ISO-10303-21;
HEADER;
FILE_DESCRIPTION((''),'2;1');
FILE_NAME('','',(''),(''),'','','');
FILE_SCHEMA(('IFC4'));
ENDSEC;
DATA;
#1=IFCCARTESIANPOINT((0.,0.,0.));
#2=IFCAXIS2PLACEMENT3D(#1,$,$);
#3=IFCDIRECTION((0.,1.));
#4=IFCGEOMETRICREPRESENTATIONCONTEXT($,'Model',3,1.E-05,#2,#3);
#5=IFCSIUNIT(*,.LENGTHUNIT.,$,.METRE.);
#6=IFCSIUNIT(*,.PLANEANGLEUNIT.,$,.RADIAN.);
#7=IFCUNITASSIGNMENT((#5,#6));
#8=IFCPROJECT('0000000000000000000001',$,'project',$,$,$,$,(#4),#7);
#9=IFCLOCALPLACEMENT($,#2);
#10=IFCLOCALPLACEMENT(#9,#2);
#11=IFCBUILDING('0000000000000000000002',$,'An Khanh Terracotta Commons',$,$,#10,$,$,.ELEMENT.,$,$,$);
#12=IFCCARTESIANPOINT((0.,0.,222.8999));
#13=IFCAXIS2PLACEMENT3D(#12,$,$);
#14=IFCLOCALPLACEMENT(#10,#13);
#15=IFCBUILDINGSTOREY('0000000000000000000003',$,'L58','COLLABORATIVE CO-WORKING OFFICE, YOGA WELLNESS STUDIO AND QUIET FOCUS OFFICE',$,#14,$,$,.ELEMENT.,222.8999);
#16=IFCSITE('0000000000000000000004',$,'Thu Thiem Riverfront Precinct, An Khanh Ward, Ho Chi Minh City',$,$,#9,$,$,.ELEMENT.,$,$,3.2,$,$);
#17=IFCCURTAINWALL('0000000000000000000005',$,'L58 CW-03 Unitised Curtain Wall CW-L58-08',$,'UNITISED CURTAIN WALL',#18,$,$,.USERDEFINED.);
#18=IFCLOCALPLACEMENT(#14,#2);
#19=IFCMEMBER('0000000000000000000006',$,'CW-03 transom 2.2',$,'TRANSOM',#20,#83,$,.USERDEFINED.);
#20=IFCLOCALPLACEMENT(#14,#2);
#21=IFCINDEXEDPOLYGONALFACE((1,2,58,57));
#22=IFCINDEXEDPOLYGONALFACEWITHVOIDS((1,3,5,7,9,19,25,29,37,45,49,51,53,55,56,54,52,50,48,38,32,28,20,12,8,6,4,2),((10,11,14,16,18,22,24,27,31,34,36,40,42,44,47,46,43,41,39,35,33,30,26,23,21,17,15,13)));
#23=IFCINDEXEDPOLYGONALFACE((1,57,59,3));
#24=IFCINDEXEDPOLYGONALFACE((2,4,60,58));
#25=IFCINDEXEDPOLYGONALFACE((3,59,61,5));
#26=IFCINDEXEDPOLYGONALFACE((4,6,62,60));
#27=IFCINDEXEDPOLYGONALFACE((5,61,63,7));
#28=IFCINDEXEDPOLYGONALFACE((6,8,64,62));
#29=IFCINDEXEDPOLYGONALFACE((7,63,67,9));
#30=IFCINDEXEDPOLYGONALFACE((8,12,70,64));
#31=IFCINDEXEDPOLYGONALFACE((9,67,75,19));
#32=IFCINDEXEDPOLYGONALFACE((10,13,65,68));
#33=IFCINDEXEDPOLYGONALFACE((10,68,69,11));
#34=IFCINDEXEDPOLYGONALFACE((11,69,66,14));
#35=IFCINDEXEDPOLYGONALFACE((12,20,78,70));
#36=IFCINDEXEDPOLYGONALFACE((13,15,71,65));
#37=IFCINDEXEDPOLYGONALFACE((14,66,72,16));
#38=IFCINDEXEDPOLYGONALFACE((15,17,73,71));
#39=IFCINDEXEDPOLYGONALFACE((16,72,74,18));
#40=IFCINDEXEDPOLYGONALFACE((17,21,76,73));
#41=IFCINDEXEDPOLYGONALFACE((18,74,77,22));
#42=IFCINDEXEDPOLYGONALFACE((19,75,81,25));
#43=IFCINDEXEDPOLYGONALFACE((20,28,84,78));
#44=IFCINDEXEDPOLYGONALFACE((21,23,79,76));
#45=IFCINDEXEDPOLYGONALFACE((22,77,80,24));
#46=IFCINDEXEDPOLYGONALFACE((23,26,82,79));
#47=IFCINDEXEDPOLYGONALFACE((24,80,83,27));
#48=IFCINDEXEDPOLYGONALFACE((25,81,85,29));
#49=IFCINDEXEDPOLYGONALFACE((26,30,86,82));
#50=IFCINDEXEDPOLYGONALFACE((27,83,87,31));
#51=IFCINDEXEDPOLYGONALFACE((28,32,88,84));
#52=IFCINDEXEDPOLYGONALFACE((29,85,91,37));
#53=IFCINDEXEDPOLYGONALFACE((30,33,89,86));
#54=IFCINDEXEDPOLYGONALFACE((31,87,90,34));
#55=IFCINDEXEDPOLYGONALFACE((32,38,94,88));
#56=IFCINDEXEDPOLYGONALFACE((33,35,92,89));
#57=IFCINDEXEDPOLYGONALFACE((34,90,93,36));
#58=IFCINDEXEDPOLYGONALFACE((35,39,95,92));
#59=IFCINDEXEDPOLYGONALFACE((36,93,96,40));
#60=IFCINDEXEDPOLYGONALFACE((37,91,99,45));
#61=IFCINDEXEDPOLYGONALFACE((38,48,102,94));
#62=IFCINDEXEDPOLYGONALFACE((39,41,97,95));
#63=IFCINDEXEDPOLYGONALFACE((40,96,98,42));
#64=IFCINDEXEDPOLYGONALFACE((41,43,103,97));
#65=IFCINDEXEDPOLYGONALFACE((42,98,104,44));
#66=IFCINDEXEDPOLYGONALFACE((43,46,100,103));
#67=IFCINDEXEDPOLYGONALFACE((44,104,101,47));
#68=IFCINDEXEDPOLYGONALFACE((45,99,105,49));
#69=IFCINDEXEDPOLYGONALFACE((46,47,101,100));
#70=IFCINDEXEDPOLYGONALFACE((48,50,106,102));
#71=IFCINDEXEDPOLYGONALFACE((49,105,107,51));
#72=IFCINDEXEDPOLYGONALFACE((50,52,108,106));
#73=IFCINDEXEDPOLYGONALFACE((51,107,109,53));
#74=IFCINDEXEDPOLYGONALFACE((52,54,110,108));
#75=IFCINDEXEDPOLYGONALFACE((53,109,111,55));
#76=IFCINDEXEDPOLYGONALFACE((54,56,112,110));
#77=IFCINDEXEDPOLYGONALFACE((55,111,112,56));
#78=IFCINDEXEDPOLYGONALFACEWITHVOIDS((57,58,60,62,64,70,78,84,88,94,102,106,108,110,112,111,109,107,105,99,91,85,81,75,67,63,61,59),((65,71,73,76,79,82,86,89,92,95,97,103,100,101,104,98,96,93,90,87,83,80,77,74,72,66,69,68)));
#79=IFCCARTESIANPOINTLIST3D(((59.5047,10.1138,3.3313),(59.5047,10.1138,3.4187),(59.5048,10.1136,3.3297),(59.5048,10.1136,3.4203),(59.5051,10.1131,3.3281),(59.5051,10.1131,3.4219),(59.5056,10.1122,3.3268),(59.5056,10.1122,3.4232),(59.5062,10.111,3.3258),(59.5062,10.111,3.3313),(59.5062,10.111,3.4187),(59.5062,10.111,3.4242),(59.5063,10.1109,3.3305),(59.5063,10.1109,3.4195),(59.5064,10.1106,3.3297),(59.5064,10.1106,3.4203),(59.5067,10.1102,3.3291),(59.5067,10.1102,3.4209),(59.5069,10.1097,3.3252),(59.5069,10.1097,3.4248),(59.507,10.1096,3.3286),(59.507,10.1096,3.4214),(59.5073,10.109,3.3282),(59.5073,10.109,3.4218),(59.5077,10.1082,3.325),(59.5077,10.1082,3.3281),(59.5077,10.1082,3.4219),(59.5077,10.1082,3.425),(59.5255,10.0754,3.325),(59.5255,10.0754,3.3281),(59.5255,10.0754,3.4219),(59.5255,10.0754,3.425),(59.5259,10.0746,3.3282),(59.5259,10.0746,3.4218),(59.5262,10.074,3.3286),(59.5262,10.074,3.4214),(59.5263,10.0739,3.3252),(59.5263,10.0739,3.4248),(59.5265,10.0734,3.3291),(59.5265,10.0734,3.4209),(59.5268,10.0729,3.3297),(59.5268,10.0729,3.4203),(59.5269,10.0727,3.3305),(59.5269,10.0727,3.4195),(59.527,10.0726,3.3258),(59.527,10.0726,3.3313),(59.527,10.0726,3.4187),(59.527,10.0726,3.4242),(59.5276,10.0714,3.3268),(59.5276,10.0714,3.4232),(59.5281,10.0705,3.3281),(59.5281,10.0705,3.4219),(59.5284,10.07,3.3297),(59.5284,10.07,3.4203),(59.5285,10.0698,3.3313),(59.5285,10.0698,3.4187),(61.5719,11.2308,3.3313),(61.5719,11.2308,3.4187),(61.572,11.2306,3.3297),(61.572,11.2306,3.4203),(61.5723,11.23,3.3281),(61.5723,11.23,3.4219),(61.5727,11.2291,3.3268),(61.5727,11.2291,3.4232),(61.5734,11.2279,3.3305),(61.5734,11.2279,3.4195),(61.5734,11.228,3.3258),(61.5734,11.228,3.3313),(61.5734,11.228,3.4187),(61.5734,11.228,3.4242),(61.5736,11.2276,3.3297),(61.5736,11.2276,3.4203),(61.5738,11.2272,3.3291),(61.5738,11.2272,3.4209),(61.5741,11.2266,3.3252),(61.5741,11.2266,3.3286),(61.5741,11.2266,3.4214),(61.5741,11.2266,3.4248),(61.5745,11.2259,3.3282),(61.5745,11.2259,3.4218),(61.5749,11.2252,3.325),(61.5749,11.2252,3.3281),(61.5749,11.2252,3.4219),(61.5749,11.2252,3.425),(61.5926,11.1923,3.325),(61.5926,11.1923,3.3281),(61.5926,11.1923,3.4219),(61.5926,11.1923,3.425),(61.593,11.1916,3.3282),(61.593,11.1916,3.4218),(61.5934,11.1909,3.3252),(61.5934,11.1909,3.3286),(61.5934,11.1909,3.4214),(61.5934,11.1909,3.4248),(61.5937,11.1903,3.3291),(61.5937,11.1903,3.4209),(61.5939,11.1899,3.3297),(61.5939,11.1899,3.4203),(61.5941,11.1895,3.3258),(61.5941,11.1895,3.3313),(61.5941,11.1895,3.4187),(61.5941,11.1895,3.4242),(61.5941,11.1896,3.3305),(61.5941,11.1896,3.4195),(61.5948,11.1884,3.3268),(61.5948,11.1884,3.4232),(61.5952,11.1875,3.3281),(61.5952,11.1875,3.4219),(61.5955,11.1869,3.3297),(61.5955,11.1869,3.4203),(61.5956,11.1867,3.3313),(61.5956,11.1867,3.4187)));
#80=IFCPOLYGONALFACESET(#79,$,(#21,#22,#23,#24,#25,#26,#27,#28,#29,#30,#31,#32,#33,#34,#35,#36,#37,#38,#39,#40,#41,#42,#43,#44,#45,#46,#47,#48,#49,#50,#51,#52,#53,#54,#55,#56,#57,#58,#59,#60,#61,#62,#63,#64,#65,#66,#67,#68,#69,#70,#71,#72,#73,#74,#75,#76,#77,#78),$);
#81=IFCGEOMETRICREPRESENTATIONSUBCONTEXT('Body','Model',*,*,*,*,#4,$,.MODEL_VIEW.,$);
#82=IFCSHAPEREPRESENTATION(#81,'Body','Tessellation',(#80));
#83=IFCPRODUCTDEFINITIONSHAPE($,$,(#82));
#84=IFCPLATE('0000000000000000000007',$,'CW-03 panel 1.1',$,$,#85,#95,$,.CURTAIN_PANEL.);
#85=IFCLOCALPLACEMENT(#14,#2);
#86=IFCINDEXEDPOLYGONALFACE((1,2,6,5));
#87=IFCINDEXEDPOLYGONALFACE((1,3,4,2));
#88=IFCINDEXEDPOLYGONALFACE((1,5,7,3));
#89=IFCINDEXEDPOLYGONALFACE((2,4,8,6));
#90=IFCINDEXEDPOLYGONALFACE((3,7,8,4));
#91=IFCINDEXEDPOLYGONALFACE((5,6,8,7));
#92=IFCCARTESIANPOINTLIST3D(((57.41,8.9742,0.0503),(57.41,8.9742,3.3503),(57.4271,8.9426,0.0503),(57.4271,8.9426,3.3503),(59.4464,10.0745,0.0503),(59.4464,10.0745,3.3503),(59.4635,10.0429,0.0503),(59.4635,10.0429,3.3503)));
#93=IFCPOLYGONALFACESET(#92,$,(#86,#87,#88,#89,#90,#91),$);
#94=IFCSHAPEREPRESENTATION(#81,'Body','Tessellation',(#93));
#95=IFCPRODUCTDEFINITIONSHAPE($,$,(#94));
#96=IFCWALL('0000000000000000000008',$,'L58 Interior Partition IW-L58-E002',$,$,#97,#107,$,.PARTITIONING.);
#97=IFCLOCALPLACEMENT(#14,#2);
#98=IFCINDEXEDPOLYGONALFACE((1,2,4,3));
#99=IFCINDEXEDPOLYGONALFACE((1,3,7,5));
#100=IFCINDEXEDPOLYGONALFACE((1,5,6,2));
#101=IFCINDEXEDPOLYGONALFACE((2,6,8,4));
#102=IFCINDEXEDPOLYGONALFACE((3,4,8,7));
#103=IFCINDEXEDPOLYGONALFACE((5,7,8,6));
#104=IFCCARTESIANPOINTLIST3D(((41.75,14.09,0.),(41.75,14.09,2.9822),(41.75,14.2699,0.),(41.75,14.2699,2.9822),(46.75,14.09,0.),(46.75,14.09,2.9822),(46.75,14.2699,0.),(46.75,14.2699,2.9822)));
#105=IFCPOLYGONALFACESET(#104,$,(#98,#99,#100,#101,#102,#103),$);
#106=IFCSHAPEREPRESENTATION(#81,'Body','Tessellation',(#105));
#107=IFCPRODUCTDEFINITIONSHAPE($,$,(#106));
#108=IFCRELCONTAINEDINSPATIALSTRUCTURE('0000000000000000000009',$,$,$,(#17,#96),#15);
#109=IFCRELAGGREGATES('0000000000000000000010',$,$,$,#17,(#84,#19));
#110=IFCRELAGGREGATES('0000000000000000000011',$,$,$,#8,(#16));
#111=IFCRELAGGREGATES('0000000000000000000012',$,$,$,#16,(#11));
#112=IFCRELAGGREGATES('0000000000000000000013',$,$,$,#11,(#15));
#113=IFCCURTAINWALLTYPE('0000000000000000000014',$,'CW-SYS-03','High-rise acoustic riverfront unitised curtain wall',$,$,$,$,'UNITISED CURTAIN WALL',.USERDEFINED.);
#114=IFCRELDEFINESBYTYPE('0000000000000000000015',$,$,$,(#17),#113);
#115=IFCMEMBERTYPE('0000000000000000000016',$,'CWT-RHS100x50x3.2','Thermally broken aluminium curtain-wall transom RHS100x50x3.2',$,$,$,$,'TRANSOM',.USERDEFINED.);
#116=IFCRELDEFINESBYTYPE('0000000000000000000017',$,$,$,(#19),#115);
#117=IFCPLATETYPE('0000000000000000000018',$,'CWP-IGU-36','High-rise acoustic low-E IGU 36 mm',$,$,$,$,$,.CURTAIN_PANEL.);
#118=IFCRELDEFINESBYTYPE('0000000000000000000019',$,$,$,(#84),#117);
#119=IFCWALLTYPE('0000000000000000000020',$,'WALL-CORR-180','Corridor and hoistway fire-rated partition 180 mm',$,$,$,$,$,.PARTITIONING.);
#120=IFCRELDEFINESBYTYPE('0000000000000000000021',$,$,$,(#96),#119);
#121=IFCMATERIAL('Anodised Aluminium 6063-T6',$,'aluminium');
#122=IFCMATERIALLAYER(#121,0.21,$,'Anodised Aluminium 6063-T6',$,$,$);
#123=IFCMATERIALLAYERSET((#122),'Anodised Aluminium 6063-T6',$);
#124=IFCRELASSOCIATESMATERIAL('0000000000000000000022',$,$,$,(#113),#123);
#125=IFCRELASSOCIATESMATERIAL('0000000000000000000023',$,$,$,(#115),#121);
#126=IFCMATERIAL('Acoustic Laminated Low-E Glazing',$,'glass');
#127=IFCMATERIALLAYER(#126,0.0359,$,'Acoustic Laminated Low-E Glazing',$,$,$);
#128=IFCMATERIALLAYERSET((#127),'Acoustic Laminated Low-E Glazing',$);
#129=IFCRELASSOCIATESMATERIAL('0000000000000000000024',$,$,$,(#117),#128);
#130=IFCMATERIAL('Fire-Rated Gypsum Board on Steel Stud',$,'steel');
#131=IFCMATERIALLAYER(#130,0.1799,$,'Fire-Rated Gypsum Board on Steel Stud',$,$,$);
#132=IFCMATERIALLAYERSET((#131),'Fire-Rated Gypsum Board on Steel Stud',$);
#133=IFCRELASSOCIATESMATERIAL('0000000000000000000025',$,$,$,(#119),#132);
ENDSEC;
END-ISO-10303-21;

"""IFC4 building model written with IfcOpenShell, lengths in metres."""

from ifc_helpers import new_model, si_unit, direction, frame, frame_2d, origin, origin_2d, place, context, subcontext, project, spatial, rectangle, hollow_rectangle, extrude, material, layer, layer_set, material_profile, profile_set, type_object, element, aggregate, save


model = new_model("IFC4")

# Units and contexts
model_context = context("Model", 3, precision=1e-05, world=origin(), true_north=direction((0.0, 1.0)))
body_context = subcontext(model_context, "Body", "Model", "MODEL_VIEW")
ifc_project = project(units=[si_unit("LENGTHUNIT", "METRE"), si_unit("PLANEANGLEUNIT", "RADIAN")], contexts=[model_context])

# Site, building, storey
site_placement = place(None, origin())
site = spatial("IfcSite", under=ifc_project, at=site_placement, Name="Thu Thiem Riverfront Precinct, An Khanh Ward, Ho Chi Minh City", CompositionType="ELEMENT", RefElevation=3.2)
building_placement = place(site_placement, origin())
building = spatial("IfcBuilding", under=site, at=building_placement, Name="An Khanh Terracotta Commons", CompositionType="ELEMENT")
storey_placement = place(building_placement, frame((0.0, 0.0, 222.8999)))
storey = spatial("IfcBuildingStorey", under=building, at=storey_placement, Name="L58", Description="COLLABORATIVE CO-WORKING OFFICE, YOGA WELLNESS STUDIO AND QUIET FOCUS OFFICE", CompositionType="ELEMENT", Elevation=222.8999)

# Curtain wall, member, plate
ifc_material_1 = material(Name="Anodised Aluminium 6063-T6", Category="aluminium")
ifc_layer_1 = layer(ifc_material_1, 0.21, Name="Anodised Aluminium 6063-T6")
ifc_layer_set_1 = layer_set([ifc_layer_1], Name="Anodised Aluminium 6063-T6")
curtain_wall_type = type_object("IfcCurtainWallType", Name="CW-SYS-03", Description="High-rise acoustic riverfront unitised curtain wall", ElementType="UNITISED CURTAIN WALL", PredefinedType="USERDEFINED", material=ifc_layer_set_1)
curtain_wall_placement = place(storey_placement, origin())
curtain_wall = element("IfcCurtainWall", 1, at=curtain_wall_placement, inside=storey, type_object=curtain_wall_type, Name="L58 CW-03 Unitised Curtain Wall CW-L58-08", ObjectType="UNITISED CURTAIN WALL", PredefinedType="USERDEFINED")
ifc_material_profile_1 = material_profile(ifc_material_1, hollow_rectangle(XDim=0.05, YDim=0.1001, WallThickness=0.0032, InnerFilletRadius=0.0032, OuterFilletRadius=0.0063, at=origin_2d()), Name="RHS100x50x3.2")
ifc_profile_set_1 = profile_set([ifc_material_profile_1], Name="Anodised Aluminium 6063-T6")
member_type_1 = type_object("IfcMemberType", Name="CWT-RHS100x50x3.2", Description="Thermally broken aluminium curtain-wall transom RHS100x50x3.2", ElementType="TRANSOM", PredefinedType="USERDEFINED", material=ifc_profile_set_1)
member_1_placement = place(storey_placement, frame((59.5166, 10.0918, 3.375), z_axis=(0.879783, 0.475376, 0.0), x_axis=(-0.475376, 0.879783, 0.0)))
member_1 = element("IfcMember", 2, at=member_1_placement, type_object=member_type_1, Name="CW-03 transom 2.2", ObjectType="TRANSOM", PredefinedType="USERDEFINED", context=body_context, shape_type="SweptSolid", body=[
    extrude(hollow_rectangle(XDim=0.05, YDim=0.1001, WallThickness=0.0032, InnerFilletRadius=0.0032, OuterFilletRadius=0.0063, at=origin_2d()), origin(), (0.0, 0.0, 1.0), 2.3496),
])
ifc_material_2 = material(Name="Acoustic Laminated Low-E Glazing", Category="glass")
ifc_layer_2 = layer(ifc_material_2, 0.0359, Name="Acoustic Laminated Low-E Glazing")
ifc_layer_set_2 = layer_set([ifc_layer_2], Name="Acoustic Laminated Low-E Glazing")
plate_type = type_object("IfcPlateType", Name="CWP-IGU-36", Description="High-rise acoustic low-E IGU 36 mm", PredefinedType="CURTAIN_PANEL", material=ifc_layer_set_2)
plate_placement = place(storey_placement, frame((58.4368, 9.5085, 0.0503), z_axis=(0.0, 0.0, 1.0), x_axis=(0.87978, 0.475381, 0.0)))
plate = element("IfcPlate", 3, at=plate_placement, type_object=plate_type, Name="CW-03 panel 1.1", PredefinedType="CURTAIN_PANEL", context=body_context, shape_type="SweptSolid", body=[
    extrude(rectangle(XDim=2.3147, YDim=0.0359, at=origin_2d()), origin(), (0.0, 0.0, 1.0), 3.3),
])
aggregate(curtain_wall, [plate, member_1])

# Wall
ifc_material_3 = material(Name="Fire-Rated Gypsum Board on Steel Stud", Category="steel")
ifc_layer_3 = layer(ifc_material_3, 0.1799, Name="Fire-Rated Gypsum Board on Steel Stud")
ifc_layer_set_3 = layer_set([ifc_layer_3], Name="Fire-Rated Gypsum Board on Steel Stud")
wall_type_1 = type_object("IfcWallType", Name="WALL-CORR-180", Description="Corridor and hoistway fire-rated partition 180 mm", PredefinedType="PARTITIONING", material=ifc_layer_set_3)
wall_1_placement = place(storey_placement, frame((41.75, 14.1799, 0.0), z_axis=(0.0, 0.0, 1.0), x_axis=(1.0, 0.0, 0.0)))
element("IfcWall", 4, at=wall_1_placement, inside=storey, type_object=wall_type_1, Name="L58 Interior Partition IW-L58-E002", PredefinedType="PARTITIONING", context=body_context, shape_type="SweptSolid", body=[
    extrude(rectangle(XDim=5.0, YDim=0.1799, at=frame_2d((2.5, 0.0))), origin(), (0.0, 0.0, 1.0), 2.9822),
])

save(model, "model.ifc")
